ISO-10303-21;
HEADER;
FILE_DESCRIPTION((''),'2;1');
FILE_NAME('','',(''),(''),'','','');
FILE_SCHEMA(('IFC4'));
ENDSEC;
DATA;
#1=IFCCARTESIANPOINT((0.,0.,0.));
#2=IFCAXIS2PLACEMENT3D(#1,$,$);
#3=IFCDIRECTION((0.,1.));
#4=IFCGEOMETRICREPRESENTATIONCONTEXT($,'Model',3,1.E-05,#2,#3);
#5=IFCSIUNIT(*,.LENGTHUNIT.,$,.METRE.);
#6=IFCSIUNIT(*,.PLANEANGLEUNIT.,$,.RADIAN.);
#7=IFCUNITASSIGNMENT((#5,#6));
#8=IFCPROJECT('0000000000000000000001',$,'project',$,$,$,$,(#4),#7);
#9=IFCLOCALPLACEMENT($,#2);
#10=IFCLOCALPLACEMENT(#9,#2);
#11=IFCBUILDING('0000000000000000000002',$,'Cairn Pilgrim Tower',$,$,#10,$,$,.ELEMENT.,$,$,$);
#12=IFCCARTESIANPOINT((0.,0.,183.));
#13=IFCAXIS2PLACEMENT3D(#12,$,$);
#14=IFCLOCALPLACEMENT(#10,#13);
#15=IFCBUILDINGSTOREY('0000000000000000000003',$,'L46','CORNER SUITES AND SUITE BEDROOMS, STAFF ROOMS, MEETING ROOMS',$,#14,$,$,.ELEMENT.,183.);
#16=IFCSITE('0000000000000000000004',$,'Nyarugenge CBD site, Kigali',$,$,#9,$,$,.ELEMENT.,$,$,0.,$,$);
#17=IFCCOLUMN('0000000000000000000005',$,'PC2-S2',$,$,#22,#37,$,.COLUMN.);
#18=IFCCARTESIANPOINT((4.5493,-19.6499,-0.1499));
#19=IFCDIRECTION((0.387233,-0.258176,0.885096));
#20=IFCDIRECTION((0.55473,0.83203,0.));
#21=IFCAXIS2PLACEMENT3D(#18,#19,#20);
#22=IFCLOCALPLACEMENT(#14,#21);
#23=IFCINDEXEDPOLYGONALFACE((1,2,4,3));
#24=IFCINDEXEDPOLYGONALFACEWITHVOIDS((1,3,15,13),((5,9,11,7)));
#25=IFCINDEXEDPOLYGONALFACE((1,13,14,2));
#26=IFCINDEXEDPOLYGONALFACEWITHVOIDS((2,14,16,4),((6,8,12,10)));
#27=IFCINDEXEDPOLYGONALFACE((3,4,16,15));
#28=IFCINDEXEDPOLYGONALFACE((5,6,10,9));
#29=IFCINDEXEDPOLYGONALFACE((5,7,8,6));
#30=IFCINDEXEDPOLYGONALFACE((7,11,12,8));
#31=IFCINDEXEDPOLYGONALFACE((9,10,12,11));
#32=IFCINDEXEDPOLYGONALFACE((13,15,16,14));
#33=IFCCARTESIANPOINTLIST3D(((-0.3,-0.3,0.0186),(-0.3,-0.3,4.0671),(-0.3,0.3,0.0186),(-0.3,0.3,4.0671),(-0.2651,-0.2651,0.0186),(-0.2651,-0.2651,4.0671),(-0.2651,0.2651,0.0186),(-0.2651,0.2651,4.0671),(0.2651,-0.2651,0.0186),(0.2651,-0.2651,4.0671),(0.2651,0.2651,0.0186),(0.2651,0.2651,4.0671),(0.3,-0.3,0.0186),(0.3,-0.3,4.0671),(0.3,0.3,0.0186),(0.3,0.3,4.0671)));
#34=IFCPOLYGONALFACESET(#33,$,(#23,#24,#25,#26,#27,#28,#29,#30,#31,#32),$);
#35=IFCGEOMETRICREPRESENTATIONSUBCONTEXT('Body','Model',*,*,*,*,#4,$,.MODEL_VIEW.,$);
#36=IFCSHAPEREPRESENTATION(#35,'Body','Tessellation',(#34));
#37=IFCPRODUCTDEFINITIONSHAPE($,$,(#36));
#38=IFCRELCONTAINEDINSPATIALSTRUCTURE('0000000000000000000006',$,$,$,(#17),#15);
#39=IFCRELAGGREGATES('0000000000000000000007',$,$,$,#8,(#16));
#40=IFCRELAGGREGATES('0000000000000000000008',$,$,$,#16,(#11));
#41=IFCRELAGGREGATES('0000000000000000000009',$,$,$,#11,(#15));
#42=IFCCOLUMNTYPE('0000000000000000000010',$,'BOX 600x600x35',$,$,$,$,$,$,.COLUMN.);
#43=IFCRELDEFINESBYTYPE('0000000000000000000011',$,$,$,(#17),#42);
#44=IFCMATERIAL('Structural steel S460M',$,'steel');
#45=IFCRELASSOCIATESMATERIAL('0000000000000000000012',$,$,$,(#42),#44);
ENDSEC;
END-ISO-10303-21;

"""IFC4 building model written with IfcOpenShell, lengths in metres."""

from ifc_helpers import new_model, si_unit, direction, frame, origin, origin_2d, place, context, subcontext, project, spatial, hollow_rectangle, extrude, clip, halfspace, material, material_profile, profile_set, type_object, element, save


model = new_model("IFC4")

# Units and contexts
model_context = context("Model", 3, precision=1e-05, world=origin(), true_north=direction((0.0, 1.0)))
body_context = subcontext(model_context, "Body", "Model", "MODEL_VIEW")
ifc_project = project(units=[si_unit("LENGTHUNIT", "METRE"), si_unit("PLANEANGLEUNIT", "RADIAN")], contexts=[model_context])

# Site, building, storey
site_placement = place(None, origin())
site = spatial("IfcSite", under=ifc_project, at=site_placement, Name="Nyarugenge CBD site, Kigali", CompositionType="ELEMENT", RefElevation=0.0)
building_placement = place(site_placement, origin())
building = spatial("IfcBuilding", under=site, at=building_placement, Name="Cairn Pilgrim Tower", CompositionType="ELEMENT")
storey_placement = place(building_placement, frame((0.0, 0.0, 183.0)))
storey = spatial("IfcBuildingStorey", under=building, at=storey_placement, Name="L46", Description="CORNER SUITES AND SUITE BEDROOMS, STAFF ROOMS, MEETING ROOMS", CompositionType="ELEMENT", Elevation=183.0)

# Column
ifc_material_1 = material(Name="Structural steel S460M", Category="steel")
ifc_material_profile_1 = material_profile(ifc_material_1, hollow_rectangle(XDim=0.6001, YDim=0.6001, WallThickness=0.0349, at=origin_2d()), Name="BOX 600x600x35")
ifc_profile_set_1 = profile_set([ifc_material_profile_1], Name="Structural steel S460M")
column_type_1 = type_object("IfcColumnType", Name="BOX 600x600x35", PredefinedType="COLUMN", material=ifc_profile_set_1)
column_placement = place(storey_placement, frame((4.5493, -19.6499, -0.1499), z_axis=(0.387233, -0.258176, 0.885096), x_axis=(0.55473, 0.83203, 0.0)))
element("IfcColumn", 1, at=column_placement, inside=storey, type_object=column_type_1, Name="PC2-S2", PredefinedType="COLUMN", context=body_context, shape_type="Clipping", body=[
    clip(extrude(hollow_rectangle(XDim=0.6001, YDim=0.6001, WallThickness=0.0349, at=origin_2d()), origin(), (0.0, 0.0, 1.0), 4.0671), halfspace(frame((0.0, 0.0, 0.0186), z_axis=(0.0, 0.0, 1.0), x_axis=(1.0, 0.0, 0.0)), True)),
])

save(model, "model.ifc")
